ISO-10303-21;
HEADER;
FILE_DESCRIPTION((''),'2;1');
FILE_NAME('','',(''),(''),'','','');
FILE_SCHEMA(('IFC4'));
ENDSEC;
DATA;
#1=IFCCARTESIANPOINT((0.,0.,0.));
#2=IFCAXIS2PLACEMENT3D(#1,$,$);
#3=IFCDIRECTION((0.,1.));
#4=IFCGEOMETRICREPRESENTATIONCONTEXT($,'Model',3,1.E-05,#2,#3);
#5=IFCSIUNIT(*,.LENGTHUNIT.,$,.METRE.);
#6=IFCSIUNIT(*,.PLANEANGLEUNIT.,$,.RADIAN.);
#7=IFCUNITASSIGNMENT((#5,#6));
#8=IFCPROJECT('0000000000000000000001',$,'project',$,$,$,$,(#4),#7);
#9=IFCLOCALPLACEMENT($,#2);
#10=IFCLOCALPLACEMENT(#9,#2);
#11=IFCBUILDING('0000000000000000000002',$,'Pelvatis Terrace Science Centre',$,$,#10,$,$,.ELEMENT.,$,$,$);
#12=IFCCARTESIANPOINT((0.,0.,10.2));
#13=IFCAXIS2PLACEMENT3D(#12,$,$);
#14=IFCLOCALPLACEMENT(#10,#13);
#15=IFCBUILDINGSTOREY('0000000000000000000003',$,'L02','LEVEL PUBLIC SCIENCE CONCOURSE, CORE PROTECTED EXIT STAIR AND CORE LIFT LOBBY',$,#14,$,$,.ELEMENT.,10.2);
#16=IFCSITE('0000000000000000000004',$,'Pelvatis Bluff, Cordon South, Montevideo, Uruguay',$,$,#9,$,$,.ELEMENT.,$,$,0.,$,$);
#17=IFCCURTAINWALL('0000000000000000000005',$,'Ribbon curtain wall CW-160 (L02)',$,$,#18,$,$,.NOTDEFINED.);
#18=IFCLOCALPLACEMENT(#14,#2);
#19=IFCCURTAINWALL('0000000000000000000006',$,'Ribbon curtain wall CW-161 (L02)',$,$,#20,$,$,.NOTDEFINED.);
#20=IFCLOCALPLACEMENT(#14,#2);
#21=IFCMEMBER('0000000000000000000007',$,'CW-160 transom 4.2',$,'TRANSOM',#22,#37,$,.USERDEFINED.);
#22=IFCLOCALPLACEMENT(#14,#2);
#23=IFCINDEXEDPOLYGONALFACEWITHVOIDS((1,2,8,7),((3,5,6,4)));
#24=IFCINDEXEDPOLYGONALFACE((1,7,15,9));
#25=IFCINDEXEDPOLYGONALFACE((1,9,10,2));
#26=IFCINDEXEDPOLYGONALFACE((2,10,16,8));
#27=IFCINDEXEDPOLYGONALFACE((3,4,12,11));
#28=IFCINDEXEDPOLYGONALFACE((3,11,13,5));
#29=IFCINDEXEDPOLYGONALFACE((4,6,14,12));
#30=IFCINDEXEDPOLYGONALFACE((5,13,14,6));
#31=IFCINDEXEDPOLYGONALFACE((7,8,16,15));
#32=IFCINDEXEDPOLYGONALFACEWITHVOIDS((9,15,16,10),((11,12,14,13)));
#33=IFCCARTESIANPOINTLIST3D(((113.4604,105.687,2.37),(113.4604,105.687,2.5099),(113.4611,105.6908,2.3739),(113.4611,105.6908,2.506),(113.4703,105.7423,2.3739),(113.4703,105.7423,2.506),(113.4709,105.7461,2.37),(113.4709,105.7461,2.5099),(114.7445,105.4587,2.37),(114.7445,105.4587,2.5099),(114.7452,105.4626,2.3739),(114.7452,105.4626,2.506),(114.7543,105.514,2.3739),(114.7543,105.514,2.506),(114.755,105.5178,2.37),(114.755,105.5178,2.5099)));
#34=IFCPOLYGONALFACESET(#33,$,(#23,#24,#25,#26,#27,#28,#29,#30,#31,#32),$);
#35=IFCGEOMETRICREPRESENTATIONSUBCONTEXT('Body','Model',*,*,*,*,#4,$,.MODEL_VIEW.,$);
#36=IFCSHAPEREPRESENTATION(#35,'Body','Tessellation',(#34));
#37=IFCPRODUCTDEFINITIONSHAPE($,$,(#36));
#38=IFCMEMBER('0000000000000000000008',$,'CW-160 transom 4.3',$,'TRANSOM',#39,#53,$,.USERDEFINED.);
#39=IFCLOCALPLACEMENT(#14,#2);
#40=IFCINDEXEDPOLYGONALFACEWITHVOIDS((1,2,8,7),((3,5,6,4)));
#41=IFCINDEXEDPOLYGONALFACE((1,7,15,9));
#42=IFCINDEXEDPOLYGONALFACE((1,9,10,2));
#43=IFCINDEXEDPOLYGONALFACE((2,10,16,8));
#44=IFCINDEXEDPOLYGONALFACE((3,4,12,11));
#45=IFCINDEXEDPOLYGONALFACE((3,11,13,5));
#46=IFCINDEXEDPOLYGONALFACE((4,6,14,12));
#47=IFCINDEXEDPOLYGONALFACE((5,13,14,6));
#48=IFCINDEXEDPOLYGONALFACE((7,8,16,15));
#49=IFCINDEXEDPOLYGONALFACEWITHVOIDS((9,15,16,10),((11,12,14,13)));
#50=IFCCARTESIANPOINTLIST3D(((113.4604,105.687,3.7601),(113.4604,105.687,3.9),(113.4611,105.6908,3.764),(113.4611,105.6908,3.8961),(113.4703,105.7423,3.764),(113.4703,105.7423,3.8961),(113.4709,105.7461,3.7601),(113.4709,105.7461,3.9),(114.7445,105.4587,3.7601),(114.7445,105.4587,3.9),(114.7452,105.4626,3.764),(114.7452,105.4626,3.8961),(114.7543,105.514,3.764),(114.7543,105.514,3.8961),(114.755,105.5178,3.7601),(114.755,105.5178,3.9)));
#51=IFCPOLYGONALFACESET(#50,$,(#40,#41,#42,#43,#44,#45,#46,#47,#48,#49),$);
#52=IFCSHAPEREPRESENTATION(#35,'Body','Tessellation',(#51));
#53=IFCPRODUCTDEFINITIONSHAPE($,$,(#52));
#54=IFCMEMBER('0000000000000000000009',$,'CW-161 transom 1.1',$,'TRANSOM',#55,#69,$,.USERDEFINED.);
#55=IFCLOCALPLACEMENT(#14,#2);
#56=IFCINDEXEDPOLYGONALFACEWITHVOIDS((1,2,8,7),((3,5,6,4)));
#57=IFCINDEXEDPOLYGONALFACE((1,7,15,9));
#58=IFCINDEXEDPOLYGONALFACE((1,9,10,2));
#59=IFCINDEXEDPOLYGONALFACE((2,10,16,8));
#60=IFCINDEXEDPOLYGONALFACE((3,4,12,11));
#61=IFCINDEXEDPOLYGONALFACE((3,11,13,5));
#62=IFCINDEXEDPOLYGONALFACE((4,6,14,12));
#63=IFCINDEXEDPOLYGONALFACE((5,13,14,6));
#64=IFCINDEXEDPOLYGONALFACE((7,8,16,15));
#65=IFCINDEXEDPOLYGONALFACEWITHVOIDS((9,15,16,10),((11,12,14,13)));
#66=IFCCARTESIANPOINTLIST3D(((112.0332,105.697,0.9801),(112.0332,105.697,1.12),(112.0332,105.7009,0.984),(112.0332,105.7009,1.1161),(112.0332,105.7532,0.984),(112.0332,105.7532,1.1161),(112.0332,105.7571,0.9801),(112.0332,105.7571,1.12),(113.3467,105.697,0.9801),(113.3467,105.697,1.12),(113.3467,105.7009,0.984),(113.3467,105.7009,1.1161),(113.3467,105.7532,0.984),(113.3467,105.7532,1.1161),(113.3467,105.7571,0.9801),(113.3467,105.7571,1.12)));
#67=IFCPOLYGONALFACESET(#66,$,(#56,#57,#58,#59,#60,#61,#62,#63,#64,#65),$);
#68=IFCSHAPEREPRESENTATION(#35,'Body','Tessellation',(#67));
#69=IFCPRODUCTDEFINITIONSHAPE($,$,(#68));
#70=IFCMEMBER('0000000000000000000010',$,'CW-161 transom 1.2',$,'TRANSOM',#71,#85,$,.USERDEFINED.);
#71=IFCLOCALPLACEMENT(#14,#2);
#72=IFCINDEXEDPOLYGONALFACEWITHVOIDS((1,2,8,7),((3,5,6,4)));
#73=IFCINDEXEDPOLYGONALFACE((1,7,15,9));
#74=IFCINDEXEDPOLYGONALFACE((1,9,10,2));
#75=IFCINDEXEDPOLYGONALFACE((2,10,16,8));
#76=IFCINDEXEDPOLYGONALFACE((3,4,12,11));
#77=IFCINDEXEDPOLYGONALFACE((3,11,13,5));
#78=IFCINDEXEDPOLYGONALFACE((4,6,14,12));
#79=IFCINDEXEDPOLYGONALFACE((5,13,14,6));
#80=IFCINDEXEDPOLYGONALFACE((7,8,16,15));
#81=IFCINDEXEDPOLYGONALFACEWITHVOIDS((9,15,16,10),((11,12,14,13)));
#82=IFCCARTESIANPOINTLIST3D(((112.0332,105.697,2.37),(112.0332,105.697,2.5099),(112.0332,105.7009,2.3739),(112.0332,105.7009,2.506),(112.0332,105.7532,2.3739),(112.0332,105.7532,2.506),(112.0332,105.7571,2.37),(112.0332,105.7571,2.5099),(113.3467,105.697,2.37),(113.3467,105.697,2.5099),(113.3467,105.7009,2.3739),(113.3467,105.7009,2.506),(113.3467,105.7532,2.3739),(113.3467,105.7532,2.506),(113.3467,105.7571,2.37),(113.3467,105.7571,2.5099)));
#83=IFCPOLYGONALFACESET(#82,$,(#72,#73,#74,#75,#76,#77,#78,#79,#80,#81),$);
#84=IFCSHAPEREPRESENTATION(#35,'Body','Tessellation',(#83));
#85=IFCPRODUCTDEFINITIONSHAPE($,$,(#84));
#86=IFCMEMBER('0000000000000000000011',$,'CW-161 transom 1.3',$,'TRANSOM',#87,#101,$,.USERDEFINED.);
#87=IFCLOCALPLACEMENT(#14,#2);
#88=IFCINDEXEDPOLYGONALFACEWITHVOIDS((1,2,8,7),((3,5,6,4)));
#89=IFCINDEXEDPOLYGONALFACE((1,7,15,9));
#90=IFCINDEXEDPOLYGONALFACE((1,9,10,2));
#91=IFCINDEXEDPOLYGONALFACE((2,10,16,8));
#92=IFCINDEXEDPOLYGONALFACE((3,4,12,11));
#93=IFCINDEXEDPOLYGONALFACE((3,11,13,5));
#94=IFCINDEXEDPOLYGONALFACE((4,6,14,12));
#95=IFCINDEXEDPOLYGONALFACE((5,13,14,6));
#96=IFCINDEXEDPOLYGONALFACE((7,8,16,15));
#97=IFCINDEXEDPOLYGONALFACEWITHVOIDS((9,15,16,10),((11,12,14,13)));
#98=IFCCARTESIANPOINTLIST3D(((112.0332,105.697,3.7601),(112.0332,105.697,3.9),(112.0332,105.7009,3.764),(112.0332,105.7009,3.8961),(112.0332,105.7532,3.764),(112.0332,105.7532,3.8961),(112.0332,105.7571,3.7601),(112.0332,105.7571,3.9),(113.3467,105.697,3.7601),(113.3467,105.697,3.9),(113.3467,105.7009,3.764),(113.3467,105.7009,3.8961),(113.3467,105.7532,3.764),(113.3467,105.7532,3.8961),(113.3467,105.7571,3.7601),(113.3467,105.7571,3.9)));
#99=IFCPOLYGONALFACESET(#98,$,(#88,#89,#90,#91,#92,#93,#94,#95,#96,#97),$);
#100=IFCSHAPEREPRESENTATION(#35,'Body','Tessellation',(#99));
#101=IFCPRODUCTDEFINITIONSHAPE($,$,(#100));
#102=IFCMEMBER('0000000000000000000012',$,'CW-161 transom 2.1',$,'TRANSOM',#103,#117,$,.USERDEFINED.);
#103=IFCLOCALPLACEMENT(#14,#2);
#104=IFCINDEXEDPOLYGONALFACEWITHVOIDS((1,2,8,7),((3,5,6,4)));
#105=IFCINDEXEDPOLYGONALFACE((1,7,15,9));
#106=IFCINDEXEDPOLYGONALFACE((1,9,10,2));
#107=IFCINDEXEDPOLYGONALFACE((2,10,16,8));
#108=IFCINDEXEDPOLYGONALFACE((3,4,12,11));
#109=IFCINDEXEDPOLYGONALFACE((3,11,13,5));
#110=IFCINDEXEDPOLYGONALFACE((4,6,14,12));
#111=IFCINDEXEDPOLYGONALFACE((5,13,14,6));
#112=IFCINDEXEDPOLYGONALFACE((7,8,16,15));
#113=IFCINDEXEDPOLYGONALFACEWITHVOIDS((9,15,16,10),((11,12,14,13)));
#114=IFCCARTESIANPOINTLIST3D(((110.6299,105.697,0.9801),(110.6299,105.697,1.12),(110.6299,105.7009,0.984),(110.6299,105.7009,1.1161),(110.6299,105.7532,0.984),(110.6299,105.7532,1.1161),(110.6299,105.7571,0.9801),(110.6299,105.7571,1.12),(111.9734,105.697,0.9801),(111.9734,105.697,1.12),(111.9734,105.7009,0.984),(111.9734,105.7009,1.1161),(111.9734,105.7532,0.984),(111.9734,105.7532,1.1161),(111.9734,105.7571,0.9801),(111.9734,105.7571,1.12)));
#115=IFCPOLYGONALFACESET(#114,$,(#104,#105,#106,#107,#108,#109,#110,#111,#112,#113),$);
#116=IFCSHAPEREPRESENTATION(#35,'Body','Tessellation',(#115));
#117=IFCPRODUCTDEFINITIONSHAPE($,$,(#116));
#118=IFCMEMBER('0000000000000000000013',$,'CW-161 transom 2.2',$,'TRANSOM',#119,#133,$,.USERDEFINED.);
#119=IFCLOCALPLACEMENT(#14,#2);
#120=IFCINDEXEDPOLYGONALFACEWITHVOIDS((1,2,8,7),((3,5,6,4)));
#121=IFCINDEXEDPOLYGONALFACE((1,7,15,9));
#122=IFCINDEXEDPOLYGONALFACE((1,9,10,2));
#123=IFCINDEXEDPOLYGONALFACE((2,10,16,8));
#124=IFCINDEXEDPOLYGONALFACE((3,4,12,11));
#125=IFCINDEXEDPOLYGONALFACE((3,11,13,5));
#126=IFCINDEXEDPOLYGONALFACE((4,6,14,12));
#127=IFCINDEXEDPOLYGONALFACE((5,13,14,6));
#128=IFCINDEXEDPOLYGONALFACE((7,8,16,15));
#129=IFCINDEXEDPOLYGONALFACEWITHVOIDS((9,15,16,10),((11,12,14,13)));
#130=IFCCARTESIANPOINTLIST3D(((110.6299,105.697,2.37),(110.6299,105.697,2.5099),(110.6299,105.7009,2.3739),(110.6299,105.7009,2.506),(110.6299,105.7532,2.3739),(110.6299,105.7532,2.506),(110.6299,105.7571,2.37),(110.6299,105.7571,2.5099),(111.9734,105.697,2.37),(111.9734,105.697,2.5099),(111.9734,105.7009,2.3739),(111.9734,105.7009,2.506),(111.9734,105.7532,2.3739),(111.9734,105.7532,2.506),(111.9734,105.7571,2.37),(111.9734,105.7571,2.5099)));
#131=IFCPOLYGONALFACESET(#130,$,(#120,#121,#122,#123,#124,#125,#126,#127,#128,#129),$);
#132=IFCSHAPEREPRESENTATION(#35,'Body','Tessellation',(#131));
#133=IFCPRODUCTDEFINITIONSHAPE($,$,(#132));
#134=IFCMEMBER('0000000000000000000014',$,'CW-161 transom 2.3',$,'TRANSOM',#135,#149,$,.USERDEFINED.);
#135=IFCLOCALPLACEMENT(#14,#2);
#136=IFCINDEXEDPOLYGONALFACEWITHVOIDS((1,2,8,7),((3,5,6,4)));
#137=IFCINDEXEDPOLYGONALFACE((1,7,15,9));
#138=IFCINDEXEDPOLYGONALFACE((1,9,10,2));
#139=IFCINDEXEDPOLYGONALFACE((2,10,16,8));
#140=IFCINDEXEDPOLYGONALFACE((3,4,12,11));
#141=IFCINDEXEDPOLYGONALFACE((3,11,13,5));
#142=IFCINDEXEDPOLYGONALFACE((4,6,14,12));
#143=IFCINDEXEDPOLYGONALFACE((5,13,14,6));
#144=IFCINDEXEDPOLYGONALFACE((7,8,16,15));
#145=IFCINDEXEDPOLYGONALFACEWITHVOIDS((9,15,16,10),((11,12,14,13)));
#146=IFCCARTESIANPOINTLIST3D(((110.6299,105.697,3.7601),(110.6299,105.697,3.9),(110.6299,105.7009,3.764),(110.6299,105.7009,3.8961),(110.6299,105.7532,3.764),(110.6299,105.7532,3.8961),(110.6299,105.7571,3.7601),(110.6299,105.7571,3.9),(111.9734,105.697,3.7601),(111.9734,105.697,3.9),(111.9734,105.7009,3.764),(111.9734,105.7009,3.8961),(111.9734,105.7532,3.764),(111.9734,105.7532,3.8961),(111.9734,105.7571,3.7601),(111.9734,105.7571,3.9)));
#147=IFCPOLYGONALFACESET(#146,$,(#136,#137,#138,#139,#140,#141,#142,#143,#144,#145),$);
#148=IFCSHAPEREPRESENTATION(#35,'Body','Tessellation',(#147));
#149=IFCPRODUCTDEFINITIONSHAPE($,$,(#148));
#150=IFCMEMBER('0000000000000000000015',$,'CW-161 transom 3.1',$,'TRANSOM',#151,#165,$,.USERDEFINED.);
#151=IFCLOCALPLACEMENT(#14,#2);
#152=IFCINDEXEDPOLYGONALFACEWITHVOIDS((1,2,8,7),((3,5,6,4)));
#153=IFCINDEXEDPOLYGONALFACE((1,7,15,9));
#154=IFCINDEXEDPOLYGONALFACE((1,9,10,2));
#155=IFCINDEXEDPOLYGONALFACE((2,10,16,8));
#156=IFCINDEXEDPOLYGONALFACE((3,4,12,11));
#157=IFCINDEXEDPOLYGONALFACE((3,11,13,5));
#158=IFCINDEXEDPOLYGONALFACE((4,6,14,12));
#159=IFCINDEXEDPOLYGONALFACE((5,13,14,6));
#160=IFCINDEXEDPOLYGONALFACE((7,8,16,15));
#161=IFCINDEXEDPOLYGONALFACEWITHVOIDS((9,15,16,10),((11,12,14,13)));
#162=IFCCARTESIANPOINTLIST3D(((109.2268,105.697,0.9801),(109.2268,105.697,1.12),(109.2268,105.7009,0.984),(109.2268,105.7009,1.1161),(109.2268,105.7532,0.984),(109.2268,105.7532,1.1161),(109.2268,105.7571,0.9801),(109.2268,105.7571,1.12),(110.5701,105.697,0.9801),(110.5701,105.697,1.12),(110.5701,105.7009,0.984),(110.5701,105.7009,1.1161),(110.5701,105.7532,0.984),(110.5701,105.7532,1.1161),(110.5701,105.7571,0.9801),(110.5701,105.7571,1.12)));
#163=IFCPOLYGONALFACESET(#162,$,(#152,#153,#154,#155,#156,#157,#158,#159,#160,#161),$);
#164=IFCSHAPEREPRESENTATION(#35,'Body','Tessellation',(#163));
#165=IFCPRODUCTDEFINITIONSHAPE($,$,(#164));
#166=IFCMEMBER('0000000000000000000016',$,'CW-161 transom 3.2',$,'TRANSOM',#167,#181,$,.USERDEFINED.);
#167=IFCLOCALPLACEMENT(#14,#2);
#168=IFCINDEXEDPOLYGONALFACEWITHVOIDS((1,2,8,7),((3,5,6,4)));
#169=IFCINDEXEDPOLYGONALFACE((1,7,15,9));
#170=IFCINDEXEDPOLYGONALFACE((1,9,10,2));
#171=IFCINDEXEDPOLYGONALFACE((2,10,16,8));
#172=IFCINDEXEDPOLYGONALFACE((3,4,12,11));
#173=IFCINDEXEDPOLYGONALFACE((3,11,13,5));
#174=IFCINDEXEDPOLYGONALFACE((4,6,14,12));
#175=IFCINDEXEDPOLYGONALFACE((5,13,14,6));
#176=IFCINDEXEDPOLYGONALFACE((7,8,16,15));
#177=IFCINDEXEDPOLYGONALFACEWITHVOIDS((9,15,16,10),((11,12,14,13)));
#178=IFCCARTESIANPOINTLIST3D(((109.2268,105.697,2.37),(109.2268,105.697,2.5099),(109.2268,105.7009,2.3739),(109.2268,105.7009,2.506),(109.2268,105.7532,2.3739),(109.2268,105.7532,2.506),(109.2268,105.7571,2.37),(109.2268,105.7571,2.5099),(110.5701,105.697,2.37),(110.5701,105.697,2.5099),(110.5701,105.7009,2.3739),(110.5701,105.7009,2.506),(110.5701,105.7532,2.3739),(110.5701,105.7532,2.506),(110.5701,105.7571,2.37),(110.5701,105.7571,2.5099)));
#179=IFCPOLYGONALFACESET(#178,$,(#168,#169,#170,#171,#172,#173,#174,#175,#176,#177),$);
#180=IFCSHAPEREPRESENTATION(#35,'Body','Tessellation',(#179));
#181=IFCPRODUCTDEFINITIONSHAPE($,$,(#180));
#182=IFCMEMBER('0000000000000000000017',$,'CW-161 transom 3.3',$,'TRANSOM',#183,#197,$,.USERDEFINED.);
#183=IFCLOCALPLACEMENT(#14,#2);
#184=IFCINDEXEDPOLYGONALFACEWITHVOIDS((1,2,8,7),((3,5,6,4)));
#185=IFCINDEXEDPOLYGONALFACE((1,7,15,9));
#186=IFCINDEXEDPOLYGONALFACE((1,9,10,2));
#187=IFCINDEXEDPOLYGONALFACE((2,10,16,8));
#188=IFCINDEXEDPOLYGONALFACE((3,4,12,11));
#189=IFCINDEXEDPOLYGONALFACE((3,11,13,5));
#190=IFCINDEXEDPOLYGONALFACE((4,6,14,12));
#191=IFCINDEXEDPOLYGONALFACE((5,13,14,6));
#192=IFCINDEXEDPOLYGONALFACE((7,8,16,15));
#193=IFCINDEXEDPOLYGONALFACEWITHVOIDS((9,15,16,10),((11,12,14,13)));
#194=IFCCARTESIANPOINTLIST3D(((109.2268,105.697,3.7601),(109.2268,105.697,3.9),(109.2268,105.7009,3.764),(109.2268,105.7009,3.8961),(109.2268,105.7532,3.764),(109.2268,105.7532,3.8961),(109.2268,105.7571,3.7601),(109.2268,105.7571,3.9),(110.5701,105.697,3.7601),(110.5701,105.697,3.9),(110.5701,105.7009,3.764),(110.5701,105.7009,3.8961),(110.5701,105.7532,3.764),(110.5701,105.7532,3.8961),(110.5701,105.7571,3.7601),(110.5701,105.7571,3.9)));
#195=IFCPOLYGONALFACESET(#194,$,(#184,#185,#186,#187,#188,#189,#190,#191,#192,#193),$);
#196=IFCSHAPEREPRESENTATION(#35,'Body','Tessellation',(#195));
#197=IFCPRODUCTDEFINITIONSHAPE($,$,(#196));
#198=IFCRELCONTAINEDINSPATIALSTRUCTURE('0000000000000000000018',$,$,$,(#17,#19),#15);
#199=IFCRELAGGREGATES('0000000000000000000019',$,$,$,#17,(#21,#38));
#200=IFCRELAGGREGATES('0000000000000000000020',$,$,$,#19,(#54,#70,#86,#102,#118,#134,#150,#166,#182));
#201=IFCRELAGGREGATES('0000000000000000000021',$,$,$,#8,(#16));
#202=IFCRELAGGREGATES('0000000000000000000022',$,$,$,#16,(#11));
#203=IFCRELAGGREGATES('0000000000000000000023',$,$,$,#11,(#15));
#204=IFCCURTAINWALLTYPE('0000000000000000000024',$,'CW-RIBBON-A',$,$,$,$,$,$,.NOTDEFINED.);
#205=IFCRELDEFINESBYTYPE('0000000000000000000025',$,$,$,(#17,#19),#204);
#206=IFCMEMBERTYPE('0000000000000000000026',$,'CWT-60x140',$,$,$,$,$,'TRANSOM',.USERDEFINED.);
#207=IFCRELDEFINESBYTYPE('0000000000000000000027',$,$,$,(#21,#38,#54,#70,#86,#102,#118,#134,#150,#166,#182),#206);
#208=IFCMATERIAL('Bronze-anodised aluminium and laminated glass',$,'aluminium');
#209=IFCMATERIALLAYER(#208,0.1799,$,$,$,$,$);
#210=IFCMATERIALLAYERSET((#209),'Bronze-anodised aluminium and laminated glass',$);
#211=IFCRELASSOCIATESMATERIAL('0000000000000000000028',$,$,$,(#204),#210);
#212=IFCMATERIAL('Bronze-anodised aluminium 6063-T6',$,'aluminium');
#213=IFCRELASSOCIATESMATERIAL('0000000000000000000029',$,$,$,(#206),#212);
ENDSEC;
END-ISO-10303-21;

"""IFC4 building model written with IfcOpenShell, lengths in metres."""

from ifc_helpers import new_model, si_unit, direction, frame, origin, origin_2d, place, context, subcontext, project, spatial, hollow_rectangle, extrude, material, layer, layer_set, material_profile, profile_set, type_object, element, aggregate, save


model = new_model("IFC4")

# Units and contexts
model_context = context("Model", 3, precision=1e-05, world=origin(), true_north=direction((0.0, 1.0)))
body_context = subcontext(model_context, "Body", "Model", "MODEL_VIEW")
ifc_project = project(units=[si_unit("LENGTHUNIT", "METRE"), si_unit("PLANEANGLEUNIT", "RADIAN")], contexts=[model_context])

# Site, building, storey
site_placement = place(None, origin())
site = spatial("IfcSite", under=ifc_project, at=site_placement, Name="Pelvatis Bluff, Cordon South, Montevideo, Uruguay", CompositionType="ELEMENT", RefElevation=0.0)
building_placement = place(site_placement, origin())
building = spatial("IfcBuilding", under=site, at=building_placement, Name="Pelvatis Terrace Science Centre", CompositionType="ELEMENT")
storey_placement = place(building_placement, frame((0.0, 0.0, 10.2)))
storey = spatial("IfcBuildingStorey", under=building, at=storey_placement, Name="L02", Description="LEVEL PUBLIC SCIENCE CONCOURSE, CORE PROTECTED EXIT STAIR AND CORE LIFT LOBBY", CompositionType="ELEMENT", Elevation=10.2)

# Curtain walls
ifc_material_1 = material(Name="Bronze-anodised aluminium and laminated glass", Category="aluminium")
ifc_layer_1 = layer(ifc_material_1, 0.1799)
ifc_layer_set_1 = layer_set([ifc_layer_1], Name="Bronze-anodised aluminium and laminated glass")
curtain_wall_type = type_object("IfcCurtainWallType", Name="CW-RIBBON-A", PredefinedType="NOTDEFINED", material=ifc_layer_set_1)
curtain_wall_1_placement = place(storey_placement, origin())
curtain_wall_1 = element("IfcCurtainWall", 1, at=curtain_wall_1_placement, inside=storey, type_object=curtain_wall_type, Name="Ribbon curtain wall CW-160 (L02)", PredefinedType="NOTDEFINED")
curtain_wall_2_placement = place(storey_placement, origin())
curtain_wall_2 = element("IfcCurtainWall", 2, at=curtain_wall_2_placement, inside=storey, type_object=curtain_wall_type, Name="Ribbon curtain wall CW-161 (L02)", PredefinedType="NOTDEFINED")

# Members
ifc_material_2 = material(Name="Bronze-anodised aluminium 6063-T6", Category="aluminium")
ifc_material_profile_1 = material_profile(ifc_material_2, hollow_rectangle(XDim=0.0601, YDim=0.1399, WallThickness=0.0039, at=origin_2d()), Name="ALU-TRN 60x140")
ifc_profile_set_1 = profile_set([ifc_material_profile_1], Name="Bronze-anodised aluminium 6063-T6")
member_type_1 = type_object("IfcMemberType", Name="CWT-60x140", ElementType="TRANSOM", PredefinedType="USERDEFINED", material=ifc_profile_set_1)
member_1_placement = place(storey_placement, frame((114.7498, 105.4883, 2.4399), z_axis=(-0.984566, 0.175013, 0.0), x_axis=(-0.175013, -0.984566, 0.0)))
member_1 = element("IfcMember", 3, at=member_1_placement, type_object=member_type_1, Name="CW-160 transom 4.2", ObjectType="TRANSOM", PredefinedType="USERDEFINED", context=body_context, shape_type="SweptSolid", body=[
    extrude(hollow_rectangle(XDim=0.0601, YDim=0.1399, WallThickness=0.0039, at=origin_2d()), origin(), (0.0, 0.0, 1.0), 1.3042),
])
member_2_placement = place(storey_placement, frame((114.7498, 105.4883, 3.8301), z_axis=(-0.984566, 0.175013, 0.0), x_axis=(-0.175013, -0.984566, 0.0)))
member_2 = element("IfcMember", 4, at=member_2_placement, type_object=member_type_1, Name="CW-160 transom 4.3", ObjectType="TRANSOM", PredefinedType="USERDEFINED", context=body_context, shape_type="SweptSolid", body=[
    extrude(hollow_rectangle(XDim=0.0601, YDim=0.1399, WallThickness=0.0039, at=origin_2d()), origin(), (0.0, 0.0, 1.0), 1.3042),
])
member_3_placement = place(storey_placement, frame((113.3467, 105.7271, 1.05), z_axis=(-1.0, 0.0, 0.0), x_axis=(0.0, -1.0, 0.0)))
member_3 = element("IfcMember", 5, at=member_3_placement, type_object=member_type_1, Name="CW-161 transom 1.1", ObjectType="TRANSOM", PredefinedType="USERDEFINED", context=body_context, shape_type="SweptSolid", body=[
    extrude(hollow_rectangle(XDim=0.0601, YDim=0.1399, WallThickness=0.0039, at=origin_2d()), origin(), (0.0, 0.0, 1.0), 1.3135),
])
member_4_placement = place(storey_placement, frame((113.3467, 105.7271, 2.4399), z_axis=(-1.0, 0.0, 0.0), x_axis=(0.0, -1.0, 0.0)))
member_4 = element("IfcMember", 6, at=member_4_placement, type_object=member_type_1, Name="CW-161 transom 1.2", ObjectType="TRANSOM", PredefinedType="USERDEFINED", context=body_context, shape_type="SweptSolid", body=[
    extrude(hollow_rectangle(XDim=0.0601, YDim=0.1399, WallThickness=0.0039, at=origin_2d()), origin(), (0.0, 0.0, 1.0), 1.3135),
])
member_5_placement = place(storey_placement, frame((113.3467, 105.7271, 3.8301), z_axis=(-1.0, 0.0, 0.0), x_axis=(0.0, -1.0, 0.0)))
member_5 = element("IfcMember", 7, at=member_5_placement, type_object=member_type_1, Name="CW-161 transom 1.3", ObjectType="TRANSOM", PredefinedType="USERDEFINED", context=body_context, shape_type="SweptSolid", body=[
    extrude(hollow_rectangle(XDim=0.0601, YDim=0.1399, WallThickness=0.0039, at=origin_2d()), origin(), (0.0, 0.0, 1.0), 1.3135),
])
member_6_placement = place(storey_placement, frame((111.9734, 105.7271, 1.05), z_axis=(-1.0, 0.0, 0.0), x_axis=(0.0, -1.0, 0.0)))
member_6 = element("IfcMember", 8, at=member_6_placement, type_object=member_type_1, Name="CW-161 transom 2.1", ObjectType="TRANSOM", PredefinedType="USERDEFINED", context=body_context, shape_type="SweptSolid", body=[
    extrude(hollow_rectangle(XDim=0.0601, YDim=0.1399, WallThickness=0.0039, at=origin_2d()), origin(), (0.0, 0.0, 1.0), 1.3435),
])
member_7_placement = place(storey_placement, frame((111.9734, 105.7271, 2.4399), z_axis=(-1.0, 0.0, 0.0), x_axis=(0.0, -1.0, 0.0)))
member_7 = element("IfcMember", 9, at=member_7_placement, type_object=member_type_1, Name="CW-161 transom 2.2", ObjectType="TRANSOM", PredefinedType="USERDEFINED", context=body_context, shape_type="SweptSolid", body=[
    extrude(hollow_rectangle(XDim=0.0601, YDim=0.1399, WallThickness=0.0039, at=origin_2d()), origin(), (0.0, 0.0, 1.0), 1.3435),
])
member_8_placement = place(storey_placement, frame((111.9734, 105.7271, 3.8301), z_axis=(-1.0, 0.0, 0.0), x_axis=(0.0, -1.0, 0.0)))
member_8 = element("IfcMember", 10, at=member_8_placement, type_object=member_type_1, Name="CW-161 transom 2.3", ObjectType="TRANSOM", PredefinedType="USERDEFINED", context=body_context, shape_type="SweptSolid", body=[
    extrude(hollow_rectangle(XDim=0.0601, YDim=0.1399, WallThickness=0.0039, at=origin_2d()), origin(), (0.0, 0.0, 1.0), 1.3435),
])
member_9_placement = place(storey_placement, frame((110.5701, 105.7271, 1.05), z_axis=(-1.0, 0.0, 0.0), x_axis=(0.0, -1.0, 0.0)))
member_9 = element("IfcMember", 11, at=member_9_placement, type_object=member_type_1, Name="CW-161 transom 3.1", ObjectType="TRANSOM", PredefinedType="USERDEFINED", context=body_context, shape_type="SweptSolid", body=[
    extrude(hollow_rectangle(XDim=0.0601, YDim=0.1399, WallThickness=0.0039, at=origin_2d()), origin(), (0.0, 0.0, 1.0), 1.3433),
])
member_10_placement = place(storey_placement, frame((110.5701, 105.7271, 2.4399), z_axis=(-1.0, 0.0, 0.0), x_axis=(0.0, -1.0, 0.0)))
member_10 = element("IfcMember", 12, at=member_10_placement, type_object=member_type_1, Name="CW-161 transom 3.2", ObjectType="TRANSOM", PredefinedType="USERDEFINED", context=body_context, shape_type="SweptSolid", body=[
    extrude(hollow_rectangle(XDim=0.0601, YDim=0.1399, WallThickness=0.0039, at=origin_2d()), origin(), (0.0, 0.0, 1.0), 1.3433),
])
member_11_placement = place(storey_placement, frame((110.5701, 105.7271, 3.8301), z_axis=(-1.0, 0.0, 0.0), x_axis=(0.0, -1.0, 0.0)))
member_11 = element("IfcMember", 13, at=member_11_placement, type_object=member_type_1, Name="CW-161 transom 3.3", ObjectType="TRANSOM", PredefinedType="USERDEFINED", context=body_context, shape_type="SweptSolid", body=[
    extrude(hollow_rectangle(XDim=0.0601, YDim=0.1399, WallThickness=0.0039, at=origin_2d()), origin(), (0.0, 0.0, 1.0), 1.3433),
])

aggregate(curtain_wall_1, [member_1, member_2])
aggregate(curtain_wall_2, [member_3, member_4, member_5, member_6, member_7, member_8, member_9, member_10, member_11])

save(model, "model.ifc")
